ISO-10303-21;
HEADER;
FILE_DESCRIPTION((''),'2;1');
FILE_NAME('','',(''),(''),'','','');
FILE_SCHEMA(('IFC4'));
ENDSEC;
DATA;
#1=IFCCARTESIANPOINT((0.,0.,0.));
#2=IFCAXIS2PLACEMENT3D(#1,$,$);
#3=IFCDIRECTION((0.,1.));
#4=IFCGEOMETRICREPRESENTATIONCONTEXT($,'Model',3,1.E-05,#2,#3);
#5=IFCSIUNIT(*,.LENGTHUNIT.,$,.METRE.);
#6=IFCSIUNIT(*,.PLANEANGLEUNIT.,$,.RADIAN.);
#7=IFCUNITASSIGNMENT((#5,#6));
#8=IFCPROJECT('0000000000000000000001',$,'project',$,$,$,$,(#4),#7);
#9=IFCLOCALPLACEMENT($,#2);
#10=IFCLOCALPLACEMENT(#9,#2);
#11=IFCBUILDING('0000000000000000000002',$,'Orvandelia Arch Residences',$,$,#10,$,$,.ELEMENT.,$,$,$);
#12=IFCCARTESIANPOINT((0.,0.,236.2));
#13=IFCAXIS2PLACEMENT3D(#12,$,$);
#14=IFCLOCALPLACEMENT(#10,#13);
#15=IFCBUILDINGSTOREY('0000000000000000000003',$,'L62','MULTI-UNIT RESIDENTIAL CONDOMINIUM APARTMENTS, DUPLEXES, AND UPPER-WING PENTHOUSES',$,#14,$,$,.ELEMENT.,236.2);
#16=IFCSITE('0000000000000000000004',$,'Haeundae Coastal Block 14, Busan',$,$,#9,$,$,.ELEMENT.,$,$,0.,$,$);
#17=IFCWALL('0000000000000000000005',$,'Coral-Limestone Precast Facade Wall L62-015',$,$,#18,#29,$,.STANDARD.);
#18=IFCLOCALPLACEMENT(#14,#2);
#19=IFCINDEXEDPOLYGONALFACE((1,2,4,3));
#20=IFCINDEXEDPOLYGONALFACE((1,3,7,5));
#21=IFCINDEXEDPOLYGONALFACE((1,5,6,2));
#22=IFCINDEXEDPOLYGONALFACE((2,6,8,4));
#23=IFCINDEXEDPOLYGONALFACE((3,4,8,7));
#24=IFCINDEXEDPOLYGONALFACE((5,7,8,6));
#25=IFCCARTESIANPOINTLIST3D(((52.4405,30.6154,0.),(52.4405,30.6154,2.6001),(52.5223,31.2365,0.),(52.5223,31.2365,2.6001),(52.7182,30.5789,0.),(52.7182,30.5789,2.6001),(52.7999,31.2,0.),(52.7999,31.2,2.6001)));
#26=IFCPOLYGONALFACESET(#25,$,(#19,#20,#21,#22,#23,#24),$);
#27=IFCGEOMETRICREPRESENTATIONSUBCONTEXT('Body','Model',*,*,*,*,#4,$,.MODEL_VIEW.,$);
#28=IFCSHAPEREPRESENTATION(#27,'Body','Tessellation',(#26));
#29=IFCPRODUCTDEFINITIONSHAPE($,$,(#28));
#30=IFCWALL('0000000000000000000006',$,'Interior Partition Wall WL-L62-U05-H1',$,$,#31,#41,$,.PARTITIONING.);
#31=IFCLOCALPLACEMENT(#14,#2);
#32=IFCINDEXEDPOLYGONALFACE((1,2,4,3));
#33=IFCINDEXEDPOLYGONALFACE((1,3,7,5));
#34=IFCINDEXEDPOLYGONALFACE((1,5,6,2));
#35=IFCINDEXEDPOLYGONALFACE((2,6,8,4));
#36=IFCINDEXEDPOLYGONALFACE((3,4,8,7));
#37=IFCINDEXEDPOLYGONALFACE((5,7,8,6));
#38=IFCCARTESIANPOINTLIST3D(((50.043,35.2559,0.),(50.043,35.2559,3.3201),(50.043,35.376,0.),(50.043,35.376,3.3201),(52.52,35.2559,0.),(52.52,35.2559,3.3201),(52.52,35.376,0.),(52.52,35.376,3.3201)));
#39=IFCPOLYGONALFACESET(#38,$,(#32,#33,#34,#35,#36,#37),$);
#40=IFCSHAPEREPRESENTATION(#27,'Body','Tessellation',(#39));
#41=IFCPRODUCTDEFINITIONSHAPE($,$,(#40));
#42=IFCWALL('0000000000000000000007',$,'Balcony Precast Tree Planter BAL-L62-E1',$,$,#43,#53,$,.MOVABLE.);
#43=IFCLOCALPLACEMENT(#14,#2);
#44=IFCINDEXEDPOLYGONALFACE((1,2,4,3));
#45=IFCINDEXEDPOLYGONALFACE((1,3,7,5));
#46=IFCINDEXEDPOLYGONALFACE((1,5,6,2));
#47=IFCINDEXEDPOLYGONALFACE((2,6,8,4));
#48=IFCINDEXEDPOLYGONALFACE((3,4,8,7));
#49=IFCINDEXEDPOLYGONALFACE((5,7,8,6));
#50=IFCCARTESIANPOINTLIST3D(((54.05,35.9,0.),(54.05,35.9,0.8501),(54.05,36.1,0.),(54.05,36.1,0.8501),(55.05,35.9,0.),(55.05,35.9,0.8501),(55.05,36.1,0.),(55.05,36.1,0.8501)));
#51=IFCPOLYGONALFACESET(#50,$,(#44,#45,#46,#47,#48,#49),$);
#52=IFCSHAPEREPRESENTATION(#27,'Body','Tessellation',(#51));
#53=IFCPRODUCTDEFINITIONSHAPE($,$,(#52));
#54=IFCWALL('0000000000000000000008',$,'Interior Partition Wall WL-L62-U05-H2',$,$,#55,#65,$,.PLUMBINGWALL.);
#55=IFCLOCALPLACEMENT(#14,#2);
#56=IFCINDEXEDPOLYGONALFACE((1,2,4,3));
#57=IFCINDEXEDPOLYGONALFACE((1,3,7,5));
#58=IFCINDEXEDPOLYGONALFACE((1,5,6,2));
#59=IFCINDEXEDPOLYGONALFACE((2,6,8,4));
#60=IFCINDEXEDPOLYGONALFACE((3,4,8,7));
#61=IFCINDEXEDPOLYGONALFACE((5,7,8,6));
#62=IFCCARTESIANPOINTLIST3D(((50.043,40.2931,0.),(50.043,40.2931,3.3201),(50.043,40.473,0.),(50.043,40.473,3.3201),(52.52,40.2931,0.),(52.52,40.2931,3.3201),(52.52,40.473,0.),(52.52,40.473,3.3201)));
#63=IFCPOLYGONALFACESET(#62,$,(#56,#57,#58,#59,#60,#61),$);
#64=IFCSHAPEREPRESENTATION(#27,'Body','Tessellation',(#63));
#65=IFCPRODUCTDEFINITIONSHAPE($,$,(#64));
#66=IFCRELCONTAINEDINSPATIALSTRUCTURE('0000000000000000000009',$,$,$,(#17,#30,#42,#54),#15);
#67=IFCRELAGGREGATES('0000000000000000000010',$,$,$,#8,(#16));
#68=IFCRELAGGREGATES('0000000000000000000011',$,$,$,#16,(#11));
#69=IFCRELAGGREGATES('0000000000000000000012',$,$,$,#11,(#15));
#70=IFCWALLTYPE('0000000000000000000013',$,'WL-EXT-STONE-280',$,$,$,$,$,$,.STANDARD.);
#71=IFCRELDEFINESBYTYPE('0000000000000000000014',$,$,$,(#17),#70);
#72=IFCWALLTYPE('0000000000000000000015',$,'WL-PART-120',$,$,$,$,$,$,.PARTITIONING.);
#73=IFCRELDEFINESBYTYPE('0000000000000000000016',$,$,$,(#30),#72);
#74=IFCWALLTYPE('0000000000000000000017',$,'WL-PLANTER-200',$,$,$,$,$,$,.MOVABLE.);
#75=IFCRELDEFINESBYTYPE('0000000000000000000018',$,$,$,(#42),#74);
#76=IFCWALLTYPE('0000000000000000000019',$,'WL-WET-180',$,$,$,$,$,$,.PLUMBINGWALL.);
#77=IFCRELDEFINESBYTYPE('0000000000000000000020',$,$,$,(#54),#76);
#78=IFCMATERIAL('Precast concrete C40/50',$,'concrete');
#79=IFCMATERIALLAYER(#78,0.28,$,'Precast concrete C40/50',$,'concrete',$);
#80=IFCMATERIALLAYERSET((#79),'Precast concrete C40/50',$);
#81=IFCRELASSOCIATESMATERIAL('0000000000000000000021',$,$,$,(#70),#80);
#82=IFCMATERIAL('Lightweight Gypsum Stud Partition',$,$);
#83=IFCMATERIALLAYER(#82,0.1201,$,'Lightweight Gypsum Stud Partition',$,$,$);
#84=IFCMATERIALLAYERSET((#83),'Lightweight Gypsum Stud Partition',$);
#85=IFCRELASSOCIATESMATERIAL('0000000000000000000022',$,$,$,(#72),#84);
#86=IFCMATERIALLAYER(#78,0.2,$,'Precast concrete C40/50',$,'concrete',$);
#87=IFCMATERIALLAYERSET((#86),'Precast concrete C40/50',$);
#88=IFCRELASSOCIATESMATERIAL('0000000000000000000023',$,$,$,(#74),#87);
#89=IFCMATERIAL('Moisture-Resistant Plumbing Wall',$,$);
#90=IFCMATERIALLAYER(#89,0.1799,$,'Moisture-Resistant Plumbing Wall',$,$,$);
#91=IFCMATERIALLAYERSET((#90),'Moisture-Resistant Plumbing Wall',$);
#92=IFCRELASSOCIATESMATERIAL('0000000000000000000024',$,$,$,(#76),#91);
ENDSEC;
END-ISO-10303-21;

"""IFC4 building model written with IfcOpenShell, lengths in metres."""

from ifc_helpers import new_model, si_unit, direction, frame, frame_2d, origin, place, context, subcontext, project, spatial, rectangle, extrude, material, layer, layer_set, type_object, element, save


model = new_model("IFC4")

# Units and contexts
model_context = context("Model", 3, precision=1e-05, world=origin(), true_north=direction((0.0, 1.0)))
body_context = subcontext(model_context, "Body", "Model", "MODEL_VIEW")
ifc_project = project(units=[si_unit("LENGTHUNIT", "METRE"), si_unit("PLANEANGLEUNIT", "RADIAN")], contexts=[model_context])

# Site, building, storey
site_placement = place(None, origin())
site = spatial("IfcSite", under=ifc_project, at=site_placement, Name="Haeundae Coastal Block 14, Busan", CompositionType="ELEMENT", RefElevation=0.0)
building_placement = place(site_placement, origin())
building = spatial("IfcBuilding", under=site, at=building_placement, Name="Orvandelia Arch Residences", CompositionType="ELEMENT")
storey_placement = place(building_placement, frame((0.0, 0.0, 236.2)))
storey = spatial("IfcBuildingStorey", under=building, at=storey_placement, Name="L62", Description="MULTI-UNIT RESIDENTIAL CONDOMINIUM APARTMENTS, DUPLEXES, AND UPPER-WING PENTHOUSES", CompositionType="ELEMENT", Elevation=236.2)

# Wall
ifc_material_1 = material(Name="Precast concrete C40/50", Category="concrete")
ifc_layer_1 = layer(ifc_material_1, 0.28, Name="Precast concrete C40/50", Category="concrete")
ifc_layer_set_1 = layer_set([ifc_layer_1], Name="Precast concrete C40/50")
wall_type_1 = type_object("IfcWallType", Name="WL-EXT-STONE-280", PredefinedType="STANDARD", material=ifc_layer_set_1)
wall_1_placement = place(storey_placement, frame((52.6611, 31.2183, 0.0), z_axis=(0.0, 0.0, 1.0), x_axis=(-0.130555, -0.991441, 0.0)))
element("IfcWall", 1, at=wall_1_placement, inside=storey, type_object=wall_type_1, Name="Coral-Limestone Precast Facade Wall L62-015", PredefinedType="STANDARD", context=body_context, shape_type="SweptSolid", body=[
    extrude(rectangle(XDim=0.6265, YDim=0.28, at=frame_2d((0.3132, 0.0))), origin(), (0.0, 0.0, 1.0), 2.6001),
])

# Shared definitions
ifc_material_2 = material(Name="Lightweight Gypsum Stud Partition")
ifc_layer_2 = layer(ifc_material_2, 0.1201, Name="Lightweight Gypsum Stud Partition")
ifc_layer_set_2 = layer_set([ifc_layer_2], Name="Lightweight Gypsum Stud Partition")
wall_type_2 = type_object("IfcWallType", Name="WL-PART-120", PredefinedType="PARTITIONING", material=ifc_layer_set_2)

# Walls
wall_2_placement = place(storey_placement, frame((50.043, 35.3159, 0.0), z_axis=(0.0, 0.0, 1.0), x_axis=(1.0, 0.0, 0.0)))
element("IfcWall", 2, at=wall_2_placement, inside=storey, type_object=wall_type_2, Name="Interior Partition Wall WL-L62-U05-H1", PredefinedType="PARTITIONING", context=body_context, shape_type="SweptSolid", body=[
    extrude(rectangle(XDim=2.4771, YDim=0.1201, at=frame_2d((1.2385, 0.0))), origin(), (0.0, 0.0, 1.0), 3.3201),
])
ifc_layer_3 = layer(ifc_material_1, 0.2, Name="Precast concrete C40/50", Category="concrete")
ifc_layer_set_3 = layer_set([ifc_layer_3], Name="Precast concrete C40/50")
wall_type_3 = type_object("IfcWallType", Name="WL-PLANTER-200", PredefinedType="MOVABLE", material=ifc_layer_set_3)
wall_3_placement = place(storey_placement, frame((54.05, 36.0, 0.0), z_axis=(0.0, 0.0, 1.0), x_axis=(1.0, 0.0, 0.0)))
element("IfcWall", 3, at=wall_3_placement, inside=storey, type_object=wall_type_3, Name="Balcony Precast Tree Planter BAL-L62-E1", PredefinedType="MOVABLE", context=body_context, shape_type="SweptSolid", body=[
    extrude(rectangle(XDim=1.0, YDim=0.2, at=frame_2d((0.5, 0.0))), origin(), (0.0, 0.0, 1.0), 0.8501),
])
ifc_material_3 = material(Name="Moisture-Resistant Plumbing Wall")
ifc_layer_4 = layer(ifc_material_3, 0.1799, Name="Moisture-Resistant Plumbing Wall")
ifc_layer_set_4 = layer_set([ifc_layer_4], Name="Moisture-Resistant Plumbing Wall")
wall_type_4 = type_object("IfcWallType", Name="WL-WET-180", PredefinedType="PLUMBINGWALL", material=ifc_layer_set_4)
wall_4_placement = place(storey_placement, frame((50.043, 40.3831, 0.0), z_axis=(0.0, 0.0, 1.0), x_axis=(1.0, 0.0, 0.0)))
element("IfcWall", 4, at=wall_4_placement, inside=storey, type_object=wall_type_4, Name="Interior Partition Wall WL-L62-U05-H2", PredefinedType="PLUMBINGWALL", context=body_context, shape_type="SweptSolid", body=[
    extrude(rectangle(XDim=2.4771, YDim=0.1799, at=frame_2d((1.2385, 0.0))), origin(), (0.0, 0.0, 1.0), 3.3201),
])

save(model, "model.ifc")
